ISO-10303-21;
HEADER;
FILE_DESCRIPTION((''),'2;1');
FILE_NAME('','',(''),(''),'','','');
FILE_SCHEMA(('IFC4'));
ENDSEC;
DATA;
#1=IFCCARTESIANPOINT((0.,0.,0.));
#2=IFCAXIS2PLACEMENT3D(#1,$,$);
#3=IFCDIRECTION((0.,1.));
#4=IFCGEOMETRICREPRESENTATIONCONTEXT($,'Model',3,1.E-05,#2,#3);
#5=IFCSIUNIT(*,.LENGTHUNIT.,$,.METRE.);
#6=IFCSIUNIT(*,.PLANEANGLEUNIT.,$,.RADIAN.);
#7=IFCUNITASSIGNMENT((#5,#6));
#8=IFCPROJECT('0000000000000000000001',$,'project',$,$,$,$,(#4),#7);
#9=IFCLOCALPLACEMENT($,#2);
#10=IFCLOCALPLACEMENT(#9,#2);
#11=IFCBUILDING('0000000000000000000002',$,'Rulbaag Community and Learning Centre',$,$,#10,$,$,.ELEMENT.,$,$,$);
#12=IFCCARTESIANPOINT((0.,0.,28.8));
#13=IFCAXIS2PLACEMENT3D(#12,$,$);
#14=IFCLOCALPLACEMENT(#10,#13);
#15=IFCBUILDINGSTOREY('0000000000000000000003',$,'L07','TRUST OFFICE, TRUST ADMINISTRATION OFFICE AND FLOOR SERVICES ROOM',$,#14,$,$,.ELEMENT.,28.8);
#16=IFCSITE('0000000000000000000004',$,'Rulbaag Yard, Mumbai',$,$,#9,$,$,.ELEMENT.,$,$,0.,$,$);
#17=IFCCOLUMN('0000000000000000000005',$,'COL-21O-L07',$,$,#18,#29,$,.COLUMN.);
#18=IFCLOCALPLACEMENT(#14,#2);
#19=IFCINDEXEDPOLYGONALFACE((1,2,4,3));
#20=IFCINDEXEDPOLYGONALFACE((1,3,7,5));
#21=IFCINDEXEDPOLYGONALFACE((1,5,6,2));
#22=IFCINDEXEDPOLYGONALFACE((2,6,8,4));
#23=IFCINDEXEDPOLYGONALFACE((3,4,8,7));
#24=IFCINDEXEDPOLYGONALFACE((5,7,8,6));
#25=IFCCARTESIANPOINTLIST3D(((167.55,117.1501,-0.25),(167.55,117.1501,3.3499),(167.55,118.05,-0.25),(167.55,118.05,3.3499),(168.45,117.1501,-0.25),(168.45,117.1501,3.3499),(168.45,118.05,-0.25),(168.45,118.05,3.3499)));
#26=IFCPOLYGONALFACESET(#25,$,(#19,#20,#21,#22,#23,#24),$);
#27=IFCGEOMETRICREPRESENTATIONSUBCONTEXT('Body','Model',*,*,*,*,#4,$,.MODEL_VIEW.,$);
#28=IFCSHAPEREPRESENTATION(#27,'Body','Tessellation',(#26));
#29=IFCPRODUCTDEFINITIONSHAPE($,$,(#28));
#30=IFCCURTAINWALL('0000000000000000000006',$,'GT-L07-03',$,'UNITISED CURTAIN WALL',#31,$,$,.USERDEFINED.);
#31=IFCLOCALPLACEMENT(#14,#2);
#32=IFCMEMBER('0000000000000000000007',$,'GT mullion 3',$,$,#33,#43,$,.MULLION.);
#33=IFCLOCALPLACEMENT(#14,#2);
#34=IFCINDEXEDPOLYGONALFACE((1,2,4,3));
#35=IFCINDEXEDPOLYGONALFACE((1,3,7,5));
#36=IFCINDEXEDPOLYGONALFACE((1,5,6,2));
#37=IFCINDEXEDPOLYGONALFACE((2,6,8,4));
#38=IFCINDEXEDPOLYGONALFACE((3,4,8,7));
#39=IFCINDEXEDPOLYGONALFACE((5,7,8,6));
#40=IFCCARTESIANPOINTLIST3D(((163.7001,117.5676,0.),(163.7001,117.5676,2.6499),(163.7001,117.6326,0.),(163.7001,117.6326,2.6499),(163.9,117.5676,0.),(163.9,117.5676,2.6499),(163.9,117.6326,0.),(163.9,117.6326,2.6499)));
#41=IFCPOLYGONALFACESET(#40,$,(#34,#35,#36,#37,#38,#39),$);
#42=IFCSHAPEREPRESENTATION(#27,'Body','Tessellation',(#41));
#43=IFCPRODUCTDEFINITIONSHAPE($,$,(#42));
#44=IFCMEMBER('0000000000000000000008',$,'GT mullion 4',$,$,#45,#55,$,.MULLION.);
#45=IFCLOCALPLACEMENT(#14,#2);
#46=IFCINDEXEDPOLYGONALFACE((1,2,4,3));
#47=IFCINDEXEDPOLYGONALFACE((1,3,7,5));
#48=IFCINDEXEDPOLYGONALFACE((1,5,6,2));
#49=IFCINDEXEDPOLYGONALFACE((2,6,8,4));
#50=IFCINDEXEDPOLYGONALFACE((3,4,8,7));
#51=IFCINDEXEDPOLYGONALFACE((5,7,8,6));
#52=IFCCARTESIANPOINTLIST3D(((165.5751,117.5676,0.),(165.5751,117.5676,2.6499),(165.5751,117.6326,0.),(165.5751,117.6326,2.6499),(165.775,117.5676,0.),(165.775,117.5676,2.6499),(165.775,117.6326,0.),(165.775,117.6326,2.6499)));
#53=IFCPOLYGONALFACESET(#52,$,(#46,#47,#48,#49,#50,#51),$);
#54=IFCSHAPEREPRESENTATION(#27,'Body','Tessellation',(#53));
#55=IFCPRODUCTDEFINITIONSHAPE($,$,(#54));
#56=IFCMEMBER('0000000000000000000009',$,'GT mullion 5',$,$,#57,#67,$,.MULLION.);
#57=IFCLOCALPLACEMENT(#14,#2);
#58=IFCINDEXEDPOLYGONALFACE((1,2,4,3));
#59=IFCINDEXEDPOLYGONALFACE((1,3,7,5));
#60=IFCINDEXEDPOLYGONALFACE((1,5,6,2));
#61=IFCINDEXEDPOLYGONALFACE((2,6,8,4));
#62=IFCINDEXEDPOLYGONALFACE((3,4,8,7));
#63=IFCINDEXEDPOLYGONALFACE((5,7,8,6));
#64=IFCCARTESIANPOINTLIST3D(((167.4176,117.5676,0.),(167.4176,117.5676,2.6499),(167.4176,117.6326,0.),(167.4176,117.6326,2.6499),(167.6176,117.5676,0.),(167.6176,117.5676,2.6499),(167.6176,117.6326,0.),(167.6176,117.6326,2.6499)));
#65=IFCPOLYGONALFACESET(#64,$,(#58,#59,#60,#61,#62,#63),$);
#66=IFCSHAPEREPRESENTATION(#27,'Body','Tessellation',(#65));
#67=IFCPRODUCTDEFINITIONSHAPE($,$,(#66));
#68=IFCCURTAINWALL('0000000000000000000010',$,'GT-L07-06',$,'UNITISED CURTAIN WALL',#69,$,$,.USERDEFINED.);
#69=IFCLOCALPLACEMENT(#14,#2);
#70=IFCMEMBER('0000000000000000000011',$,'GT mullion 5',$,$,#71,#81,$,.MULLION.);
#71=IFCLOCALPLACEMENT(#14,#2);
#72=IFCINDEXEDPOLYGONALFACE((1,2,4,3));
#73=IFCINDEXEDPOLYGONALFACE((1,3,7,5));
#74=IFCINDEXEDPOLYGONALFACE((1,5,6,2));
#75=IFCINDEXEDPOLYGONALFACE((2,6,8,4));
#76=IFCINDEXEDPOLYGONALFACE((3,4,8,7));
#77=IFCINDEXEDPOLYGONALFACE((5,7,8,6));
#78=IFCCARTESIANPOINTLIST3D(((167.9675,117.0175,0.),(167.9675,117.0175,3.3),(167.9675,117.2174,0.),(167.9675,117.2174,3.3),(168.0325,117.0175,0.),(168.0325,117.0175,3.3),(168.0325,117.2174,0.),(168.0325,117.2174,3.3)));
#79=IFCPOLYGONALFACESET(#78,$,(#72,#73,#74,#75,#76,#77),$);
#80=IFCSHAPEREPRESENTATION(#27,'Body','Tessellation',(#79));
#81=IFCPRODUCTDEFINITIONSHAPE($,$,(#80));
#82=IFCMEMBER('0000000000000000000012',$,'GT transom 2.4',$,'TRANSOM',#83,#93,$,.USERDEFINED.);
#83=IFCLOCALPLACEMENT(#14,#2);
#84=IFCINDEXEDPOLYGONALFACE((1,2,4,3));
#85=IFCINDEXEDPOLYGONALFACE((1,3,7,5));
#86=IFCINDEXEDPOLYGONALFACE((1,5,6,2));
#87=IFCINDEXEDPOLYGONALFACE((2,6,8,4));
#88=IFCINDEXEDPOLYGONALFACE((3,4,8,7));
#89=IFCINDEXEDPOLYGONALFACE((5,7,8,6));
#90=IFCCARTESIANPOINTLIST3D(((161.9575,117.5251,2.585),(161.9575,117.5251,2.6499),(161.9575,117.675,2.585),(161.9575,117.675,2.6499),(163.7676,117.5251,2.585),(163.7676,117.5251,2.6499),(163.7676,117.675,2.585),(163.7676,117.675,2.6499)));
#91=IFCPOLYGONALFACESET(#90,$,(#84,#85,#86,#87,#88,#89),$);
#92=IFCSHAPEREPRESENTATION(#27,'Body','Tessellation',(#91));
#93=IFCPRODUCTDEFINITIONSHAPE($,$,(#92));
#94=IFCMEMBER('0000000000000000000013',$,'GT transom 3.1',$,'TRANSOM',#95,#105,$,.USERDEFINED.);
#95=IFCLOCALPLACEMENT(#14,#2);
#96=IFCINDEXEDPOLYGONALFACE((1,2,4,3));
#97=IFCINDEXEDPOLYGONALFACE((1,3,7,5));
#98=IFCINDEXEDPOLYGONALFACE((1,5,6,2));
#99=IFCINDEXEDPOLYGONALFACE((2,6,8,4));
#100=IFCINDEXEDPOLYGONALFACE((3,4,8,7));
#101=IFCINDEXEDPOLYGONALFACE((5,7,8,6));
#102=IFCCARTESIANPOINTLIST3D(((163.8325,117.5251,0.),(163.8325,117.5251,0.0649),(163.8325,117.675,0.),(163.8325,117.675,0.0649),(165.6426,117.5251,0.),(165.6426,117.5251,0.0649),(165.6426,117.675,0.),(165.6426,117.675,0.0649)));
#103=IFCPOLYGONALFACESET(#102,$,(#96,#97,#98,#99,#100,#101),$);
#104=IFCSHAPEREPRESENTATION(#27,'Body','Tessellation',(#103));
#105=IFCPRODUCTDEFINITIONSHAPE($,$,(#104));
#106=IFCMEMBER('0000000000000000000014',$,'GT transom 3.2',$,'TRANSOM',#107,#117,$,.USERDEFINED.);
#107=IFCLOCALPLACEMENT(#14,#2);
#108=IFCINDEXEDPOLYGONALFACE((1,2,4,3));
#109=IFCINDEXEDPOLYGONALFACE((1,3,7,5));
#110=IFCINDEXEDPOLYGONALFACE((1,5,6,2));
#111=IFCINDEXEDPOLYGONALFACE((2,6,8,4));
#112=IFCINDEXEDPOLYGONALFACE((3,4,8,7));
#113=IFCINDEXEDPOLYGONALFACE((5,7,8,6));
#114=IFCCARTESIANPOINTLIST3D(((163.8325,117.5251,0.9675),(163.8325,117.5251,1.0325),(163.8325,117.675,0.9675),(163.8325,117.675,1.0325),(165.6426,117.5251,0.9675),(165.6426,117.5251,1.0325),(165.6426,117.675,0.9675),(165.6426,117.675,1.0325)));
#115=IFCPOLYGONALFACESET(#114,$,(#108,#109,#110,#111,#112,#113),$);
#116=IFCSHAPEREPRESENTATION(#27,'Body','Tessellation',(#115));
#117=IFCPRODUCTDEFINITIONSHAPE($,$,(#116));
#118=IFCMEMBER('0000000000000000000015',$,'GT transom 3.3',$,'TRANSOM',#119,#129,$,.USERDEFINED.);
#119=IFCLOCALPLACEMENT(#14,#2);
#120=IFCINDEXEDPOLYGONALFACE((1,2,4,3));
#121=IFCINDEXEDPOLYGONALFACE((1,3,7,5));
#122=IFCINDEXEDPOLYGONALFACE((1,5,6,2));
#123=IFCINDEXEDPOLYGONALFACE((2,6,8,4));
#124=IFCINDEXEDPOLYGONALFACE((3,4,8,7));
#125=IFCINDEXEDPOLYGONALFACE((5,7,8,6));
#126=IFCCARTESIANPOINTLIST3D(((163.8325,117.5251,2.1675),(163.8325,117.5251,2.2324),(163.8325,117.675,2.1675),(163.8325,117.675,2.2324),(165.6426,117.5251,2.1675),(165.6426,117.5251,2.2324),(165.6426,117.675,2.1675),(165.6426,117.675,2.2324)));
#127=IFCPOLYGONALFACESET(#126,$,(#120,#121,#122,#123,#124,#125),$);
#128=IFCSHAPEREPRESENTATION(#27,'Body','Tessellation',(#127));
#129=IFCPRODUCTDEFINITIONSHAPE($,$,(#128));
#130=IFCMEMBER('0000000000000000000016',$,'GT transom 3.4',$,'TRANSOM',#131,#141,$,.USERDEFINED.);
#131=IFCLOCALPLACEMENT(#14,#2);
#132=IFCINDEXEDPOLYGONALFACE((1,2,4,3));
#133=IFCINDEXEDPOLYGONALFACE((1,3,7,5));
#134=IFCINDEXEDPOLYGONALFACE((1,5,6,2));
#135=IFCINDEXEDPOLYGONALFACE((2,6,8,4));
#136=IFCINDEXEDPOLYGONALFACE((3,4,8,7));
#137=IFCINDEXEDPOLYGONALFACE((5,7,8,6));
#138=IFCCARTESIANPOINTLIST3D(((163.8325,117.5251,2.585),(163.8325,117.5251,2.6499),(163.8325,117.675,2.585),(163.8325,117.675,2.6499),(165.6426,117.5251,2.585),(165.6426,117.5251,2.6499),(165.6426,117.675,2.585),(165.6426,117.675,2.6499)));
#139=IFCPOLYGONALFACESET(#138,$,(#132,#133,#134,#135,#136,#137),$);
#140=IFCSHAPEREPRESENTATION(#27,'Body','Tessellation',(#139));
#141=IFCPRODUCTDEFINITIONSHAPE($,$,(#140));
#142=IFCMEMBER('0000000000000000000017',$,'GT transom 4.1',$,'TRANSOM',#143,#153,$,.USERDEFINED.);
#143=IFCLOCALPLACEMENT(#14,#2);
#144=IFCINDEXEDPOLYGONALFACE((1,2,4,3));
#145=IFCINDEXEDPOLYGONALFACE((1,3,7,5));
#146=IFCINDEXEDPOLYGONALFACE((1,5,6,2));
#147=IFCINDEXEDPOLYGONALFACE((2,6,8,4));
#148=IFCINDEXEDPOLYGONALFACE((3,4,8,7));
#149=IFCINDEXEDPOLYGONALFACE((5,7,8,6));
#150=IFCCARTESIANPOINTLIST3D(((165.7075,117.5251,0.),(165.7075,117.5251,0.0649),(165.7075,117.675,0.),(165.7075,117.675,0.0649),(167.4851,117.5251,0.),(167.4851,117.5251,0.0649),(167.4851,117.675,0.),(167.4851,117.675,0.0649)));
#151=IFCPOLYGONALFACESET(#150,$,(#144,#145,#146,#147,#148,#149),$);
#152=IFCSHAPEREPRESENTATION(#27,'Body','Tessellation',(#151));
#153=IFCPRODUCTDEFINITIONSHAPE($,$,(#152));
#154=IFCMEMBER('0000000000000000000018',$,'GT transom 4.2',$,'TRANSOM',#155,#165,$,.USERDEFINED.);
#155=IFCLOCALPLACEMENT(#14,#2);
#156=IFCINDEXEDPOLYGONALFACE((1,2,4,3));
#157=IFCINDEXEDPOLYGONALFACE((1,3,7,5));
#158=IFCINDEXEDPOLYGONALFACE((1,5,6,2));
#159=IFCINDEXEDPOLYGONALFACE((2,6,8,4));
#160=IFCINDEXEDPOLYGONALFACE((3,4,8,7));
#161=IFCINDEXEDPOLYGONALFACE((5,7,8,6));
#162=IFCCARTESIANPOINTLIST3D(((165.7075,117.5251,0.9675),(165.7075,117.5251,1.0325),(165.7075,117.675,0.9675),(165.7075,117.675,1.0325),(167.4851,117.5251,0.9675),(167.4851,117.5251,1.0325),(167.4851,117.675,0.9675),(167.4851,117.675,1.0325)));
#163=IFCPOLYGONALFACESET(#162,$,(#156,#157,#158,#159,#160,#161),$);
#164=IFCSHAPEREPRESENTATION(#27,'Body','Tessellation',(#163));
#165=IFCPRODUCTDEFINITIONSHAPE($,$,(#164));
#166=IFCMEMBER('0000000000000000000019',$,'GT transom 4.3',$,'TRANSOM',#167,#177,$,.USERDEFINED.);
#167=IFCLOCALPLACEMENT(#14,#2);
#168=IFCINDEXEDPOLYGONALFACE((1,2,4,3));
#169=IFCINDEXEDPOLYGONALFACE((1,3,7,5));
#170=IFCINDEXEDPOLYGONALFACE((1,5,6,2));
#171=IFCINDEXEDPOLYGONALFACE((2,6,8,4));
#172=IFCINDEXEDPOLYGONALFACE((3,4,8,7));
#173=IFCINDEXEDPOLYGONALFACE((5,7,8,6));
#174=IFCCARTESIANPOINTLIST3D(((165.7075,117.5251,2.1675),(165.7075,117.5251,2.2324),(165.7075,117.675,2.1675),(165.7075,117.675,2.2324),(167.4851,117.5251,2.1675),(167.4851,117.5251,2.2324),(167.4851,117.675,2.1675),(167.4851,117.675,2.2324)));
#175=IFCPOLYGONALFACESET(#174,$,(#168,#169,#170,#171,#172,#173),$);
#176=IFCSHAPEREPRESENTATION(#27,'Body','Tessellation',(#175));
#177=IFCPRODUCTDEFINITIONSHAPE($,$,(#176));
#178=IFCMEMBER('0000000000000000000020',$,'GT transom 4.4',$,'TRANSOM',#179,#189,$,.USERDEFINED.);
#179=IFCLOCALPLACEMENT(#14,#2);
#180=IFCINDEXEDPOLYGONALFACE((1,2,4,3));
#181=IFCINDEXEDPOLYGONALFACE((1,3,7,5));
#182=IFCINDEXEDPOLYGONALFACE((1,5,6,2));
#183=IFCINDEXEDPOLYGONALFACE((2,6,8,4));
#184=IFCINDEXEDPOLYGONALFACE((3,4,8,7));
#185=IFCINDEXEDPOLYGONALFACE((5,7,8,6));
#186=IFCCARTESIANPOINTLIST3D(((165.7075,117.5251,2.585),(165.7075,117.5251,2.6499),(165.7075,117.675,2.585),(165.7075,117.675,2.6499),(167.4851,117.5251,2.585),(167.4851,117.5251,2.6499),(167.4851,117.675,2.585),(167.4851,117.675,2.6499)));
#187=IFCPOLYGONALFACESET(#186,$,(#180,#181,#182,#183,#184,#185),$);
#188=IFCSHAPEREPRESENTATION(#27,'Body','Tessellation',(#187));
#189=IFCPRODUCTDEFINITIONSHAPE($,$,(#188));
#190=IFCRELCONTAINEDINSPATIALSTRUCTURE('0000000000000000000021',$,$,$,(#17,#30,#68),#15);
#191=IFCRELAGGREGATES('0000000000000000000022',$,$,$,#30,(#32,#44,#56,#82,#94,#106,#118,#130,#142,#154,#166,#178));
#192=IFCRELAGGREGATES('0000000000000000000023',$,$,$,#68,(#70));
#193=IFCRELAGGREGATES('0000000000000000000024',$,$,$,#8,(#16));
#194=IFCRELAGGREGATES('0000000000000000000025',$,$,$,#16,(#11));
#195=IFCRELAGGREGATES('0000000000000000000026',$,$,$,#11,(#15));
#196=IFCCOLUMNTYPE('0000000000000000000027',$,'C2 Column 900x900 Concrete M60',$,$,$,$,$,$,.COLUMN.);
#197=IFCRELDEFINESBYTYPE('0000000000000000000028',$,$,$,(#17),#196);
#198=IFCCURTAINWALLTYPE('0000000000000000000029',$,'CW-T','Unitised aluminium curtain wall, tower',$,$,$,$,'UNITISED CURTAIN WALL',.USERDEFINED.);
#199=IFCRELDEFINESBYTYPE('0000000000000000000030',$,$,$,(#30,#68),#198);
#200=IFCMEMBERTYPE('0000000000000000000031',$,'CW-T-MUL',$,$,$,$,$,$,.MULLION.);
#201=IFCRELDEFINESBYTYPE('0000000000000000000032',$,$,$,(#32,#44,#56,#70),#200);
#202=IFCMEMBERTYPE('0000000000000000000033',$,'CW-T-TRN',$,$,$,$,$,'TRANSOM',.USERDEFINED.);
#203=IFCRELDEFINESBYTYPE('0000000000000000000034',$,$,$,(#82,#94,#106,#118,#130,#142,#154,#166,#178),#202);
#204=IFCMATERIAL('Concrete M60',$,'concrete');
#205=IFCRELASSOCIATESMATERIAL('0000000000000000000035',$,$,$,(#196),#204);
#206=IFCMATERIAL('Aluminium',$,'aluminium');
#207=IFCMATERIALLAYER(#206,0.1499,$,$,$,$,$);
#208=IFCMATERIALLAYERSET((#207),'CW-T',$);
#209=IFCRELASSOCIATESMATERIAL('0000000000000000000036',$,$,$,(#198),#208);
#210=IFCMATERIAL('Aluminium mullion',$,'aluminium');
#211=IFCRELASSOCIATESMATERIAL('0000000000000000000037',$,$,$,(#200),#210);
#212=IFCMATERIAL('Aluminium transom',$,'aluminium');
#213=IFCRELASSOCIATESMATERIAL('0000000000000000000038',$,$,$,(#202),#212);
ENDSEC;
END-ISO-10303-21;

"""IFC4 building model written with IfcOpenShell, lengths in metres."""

from ifc_helpers import new_model, si_unit, direction, frame, origin, origin_2d, place, context, subcontext, project, spatial, rectangle, extrude, material, layer, layer_set, material_profile, profile_set, type_object, element, aggregate, save


model = new_model("IFC4")

# Units and contexts
model_context = context("Model", 3, precision=1e-05, world=origin(), true_north=direction((0.0, 1.0)))
body_context = subcontext(model_context, "Body", "Model", "MODEL_VIEW")
ifc_project = project(units=[si_unit("LENGTHUNIT", "METRE"), si_unit("PLANEANGLEUNIT", "RADIAN")], contexts=[model_context])

# Site, building, storey
site_placement = place(None, origin())
site = spatial("IfcSite", under=ifc_project, at=site_placement, Name="Rulbaag Yard, Mumbai", CompositionType="ELEMENT", RefElevation=0.0)
building_placement = place(site_placement, origin())
building = spatial("IfcBuilding", under=site, at=building_placement, Name="Rulbaag Community and Learning Centre", CompositionType="ELEMENT")
storey_placement = place(building_placement, frame((0.0, 0.0, 28.8)))
storey = spatial("IfcBuildingStorey", under=building, at=storey_placement, Name="L07", Description="TRUST OFFICE, TRUST ADMINISTRATION OFFICE AND FLOOR SERVICES ROOM", CompositionType="ELEMENT", Elevation=28.8)

# Column
ifc_material_1 = material(Name="Concrete M60", Category="concrete")
ifc_material_profile_1 = material_profile(ifc_material_1, rectangle(XDim=0.8999, YDim=0.8999, at=origin_2d()), Name="RC900x900")
ifc_profile_set_1 = profile_set([ifc_material_profile_1], Name="Concrete M60")
column_type = type_object("IfcColumnType", Name="C2 Column 900x900 Concrete M60", PredefinedType="COLUMN", material=ifc_profile_set_1)
column_placement = place(storey_placement, frame((168.0, 117.6001, -0.25), z_axis=(0.0, 0.0, 1.0), x_axis=(1.0, 0.0, 0.0)))
element("IfcColumn", 1, at=column_placement, inside=storey, type_object=column_type, Name="COL-21O-L07", PredefinedType="COLUMN", context=body_context, shape_type="SweptSolid", body=[
    extrude(rectangle(XDim=0.8999, YDim=0.8999, at=origin_2d()), origin(), (0.0, 0.0, 1.0), 3.5999),
])

# Curtain wall, members
ifc_material_2 = material(Name="Aluminium", Category="aluminium")
ifc_layer_1 = layer(ifc_material_2, 0.1499)
ifc_layer_set_1 = layer_set([ifc_layer_1], Name="CW-T")
curtain_wall_type = type_object("IfcCurtainWallType", Name="CW-T", Description="Unitised aluminium curtain wall, tower", ElementType="UNITISED CURTAIN WALL", PredefinedType="USERDEFINED", material=ifc_layer_set_1)
curtain_wall_1_placement = place(storey_placement, origin())
curtain_wall_1 = element("IfcCurtainWall", 2, at=curtain_wall_1_placement, inside=storey, type_object=curtain_wall_type, Name="GT-L07-03", ObjectType="UNITISED CURTAIN WALL", PredefinedType="USERDEFINED")
ifc_material_3 = material(Name="Aluminium mullion", Category="aluminium")
ifc_material_profile_2 = material_profile(ifc_material_3, rectangle(XDim=0.0649, YDim=0.2, at=origin_2d()), Name="AL 65x200")
ifc_profile_set_2 = profile_set([ifc_material_profile_2], Name="Aluminium mullion")
member_type_1 = type_object("IfcMemberType", Name="CW-T-MUL", PredefinedType="MULLION", material=ifc_profile_set_2)
member_1_placement = place(storey_placement, frame((163.8, 117.6001, 0.0), z_axis=(0.0, 0.0, 1.0), x_axis=(0.0, 1.0, 0.0)))
member_1 = element("IfcMember", 3, at=member_1_placement, type_object=member_type_1, Name="GT mullion 3", PredefinedType="MULLION", context=body_context, shape_type="SweptSolid", body=[
    extrude(rectangle(XDim=0.0649, YDim=0.2, at=origin_2d()), origin(), (0.0, 0.0, 1.0), 2.6499),
])
member_2_placement = place(storey_placement, frame((165.675, 117.6001, 0.0), z_axis=(0.0, 0.0, 1.0), x_axis=(0.0, 1.0, 0.0)))
member_2 = element("IfcMember", 4, at=member_2_placement, type_object=member_type_1, Name="GT mullion 4", PredefinedType="MULLION", context=body_context, shape_type="SweptSolid", body=[
    extrude(rectangle(XDim=0.0649, YDim=0.2, at=origin_2d()), origin(), (0.0, 0.0, 1.0), 2.6499),
])
member_3_placement = place(storey_placement, frame((167.5176, 117.6001, 0.0), z_axis=(0.0, 0.0, 1.0), x_axis=(0.0, 1.0, 0.0)))
member_3 = element("IfcMember", 5, at=member_3_placement, type_object=member_type_1, Name="GT mullion 5", PredefinedType="MULLION", context=body_context, shape_type="SweptSolid", body=[
    extrude(rectangle(XDim=0.0649, YDim=0.2, at=origin_2d()), origin(), (0.0, 0.0, 1.0), 2.6499),
])

# Curtain wall, member
curtain_wall_2_placement = place(storey_placement, origin())
curtain_wall_2 = element("IfcCurtainWall", 6, at=curtain_wall_2_placement, inside=storey, type_object=curtain_wall_type, Name="GT-L07-06", ObjectType="UNITISED CURTAIN WALL", PredefinedType="USERDEFINED")
member_4_placement = place(storey_placement, frame((168.0, 117.1174, 0.0), z_axis=(0.0, 0.0, 1.0), x_axis=(-1.0, 0.0, 0.0)))
member_4 = element("IfcMember", 7, at=member_4_placement, type_object=member_type_1, Name="GT mullion 5", PredefinedType="MULLION", context=body_context, shape_type="SweptSolid", body=[
    extrude(rectangle(XDim=0.0649, YDim=0.2, at=origin_2d()), origin(), (0.0, 0.0, 1.0), 3.3),
])

# Members
ifc_material_4 = material(Name="Aluminium transom", Category="aluminium")
ifc_material_profile_3 = material_profile(ifc_material_4, rectangle(XDim=0.1499, YDim=0.0649, at=origin_2d()), Name="AL 65x150 T")
ifc_profile_set_3 = profile_set([ifc_material_profile_3], Name="Aluminium transom")
member_type_2 = type_object("IfcMemberType", Name="CW-T-TRN", ElementType="TRANSOM", PredefinedType="USERDEFINED", material=ifc_profile_set_3)
member_5_placement = place(storey_placement, frame((161.9575, 117.6001, 2.6174), z_axis=(1.0, 0.0, 0.0), x_axis=(0.0, 1.0, 0.0)))
member_5 = element("IfcMember", 8, at=member_5_placement, type_object=member_type_2, Name="GT transom 2.4", ObjectType="TRANSOM", PredefinedType="USERDEFINED", context=body_context, shape_type="SweptSolid", body=[
    extrude(rectangle(XDim=0.1499, YDim=0.0649, at=origin_2d()), origin(), (0.0, 0.0, 1.0), 1.8101),
])
member_6_placement = place(storey_placement, frame((163.8325, 117.6001, 0.0325), z_axis=(1.0, 0.0, 0.0), x_axis=(0.0, 1.0, 0.0)))
member_6 = element("IfcMember", 9, at=member_6_placement, type_object=member_type_2, Name="GT transom 3.1", ObjectType="TRANSOM", PredefinedType="USERDEFINED", context=body_context, shape_type="SweptSolid", body=[
    extrude(rectangle(XDim=0.1499, YDim=0.0649, at=origin_2d()), origin(), (0.0, 0.0, 1.0), 1.8101),
])
member_7_placement = place(storey_placement, frame((163.8325, 117.6001, 1.0), z_axis=(1.0, 0.0, 0.0), x_axis=(0.0, 1.0, 0.0)))
member_7 = element("IfcMember", 10, at=member_7_placement, type_object=member_type_2, Name="GT transom 3.2", ObjectType="TRANSOM", PredefinedType="USERDEFINED", context=body_context, shape_type="SweptSolid", body=[
    extrude(rectangle(XDim=0.1499, YDim=0.0649, at=origin_2d()), origin(), (0.0, 0.0, 1.0), 1.8101),
])
member_8_placement = place(storey_placement, frame((163.8325, 117.6001, 2.2), z_axis=(1.0, 0.0, 0.0), x_axis=(0.0, 1.0, 0.0)))
member_8 = element("IfcMember", 11, at=member_8_placement, type_object=member_type_2, Name="GT transom 3.3", ObjectType="TRANSOM", PredefinedType="USERDEFINED", context=body_context, shape_type="SweptSolid", body=[
    extrude(rectangle(XDim=0.1499, YDim=0.0649, at=origin_2d()), origin(), (0.0, 0.0, 1.0), 1.8101),
])
member_9_placement = place(storey_placement, frame((163.8325, 117.6001, 2.6174), z_axis=(1.0, 0.0, 0.0), x_axis=(0.0, 1.0, 0.0)))
member_9 = element("IfcMember", 12, at=member_9_placement, type_object=member_type_2, Name="GT transom 3.4", ObjectType="TRANSOM", PredefinedType="USERDEFINED", context=body_context, shape_type="SweptSolid", body=[
    extrude(rectangle(XDim=0.1499, YDim=0.0649, at=origin_2d()), origin(), (0.0, 0.0, 1.0), 1.8101),
])
member_10_placement = place(storey_placement, frame((165.7075, 117.6001, 0.0325), z_axis=(1.0, 0.0, 0.0), x_axis=(0.0, 1.0, 0.0)))
member_10 = element("IfcMember", 13, at=member_10_placement, type_object=member_type_2, Name="GT transom 4.1", ObjectType="TRANSOM", PredefinedType="USERDEFINED", context=body_context, shape_type="SweptSolid", body=[
    extrude(rectangle(XDim=0.1499, YDim=0.0649, at=origin_2d()), origin(), (0.0, 0.0, 1.0), 1.7776),
])
member_11_placement = place(storey_placement, frame((165.7075, 117.6001, 1.0), z_axis=(1.0, 0.0, 0.0), x_axis=(0.0, 1.0, 0.0)))
member_11 = element("IfcMember", 14, at=member_11_placement, type_object=member_type_2, Name="GT transom 4.2", ObjectType="TRANSOM", PredefinedType="USERDEFINED", context=body_context, shape_type="SweptSolid", body=[
    extrude(rectangle(XDim=0.1499, YDim=0.0649, at=origin_2d()), origin(), (0.0, 0.0, 1.0), 1.7776),
])
member_12_placement = place(storey_placement, frame((165.7075, 117.6001, 2.2), z_axis=(1.0, 0.0, 0.0), x_axis=(0.0, 1.0, 0.0)))
member_12 = element("IfcMember", 15, at=member_12_placement, type_object=member_type_2, Name="GT transom 4.3", ObjectType="TRANSOM", PredefinedType="USERDEFINED", context=body_context, shape_type="SweptSolid", body=[
    extrude(rectangle(XDim=0.1499, YDim=0.0649, at=origin_2d()), origin(), (0.0, 0.0, 1.0), 1.7776),
])
member_13_placement = place(storey_placement, frame((165.7075, 117.6001, 2.6174), z_axis=(1.0, 0.0, 0.0), x_axis=(0.0, 1.0, 0.0)))
member_13 = element("IfcMember", 16, at=member_13_placement, type_object=member_type_2, Name="GT transom 4.4", ObjectType="TRANSOM", PredefinedType="USERDEFINED", context=body_context, shape_type="SweptSolid", body=[
    extrude(rectangle(XDim=0.1499, YDim=0.0649, at=origin_2d()), origin(), (0.0, 0.0, 1.0), 1.7776),
])

aggregate(curtain_wall_1, [member_1, member_2, member_3, member_5, member_6, member_7, member_8, member_9, member_10, member_11, member_12, member_13])
aggregate(curtain_wall_2, [member_4])

save(model, "model.ifc")
